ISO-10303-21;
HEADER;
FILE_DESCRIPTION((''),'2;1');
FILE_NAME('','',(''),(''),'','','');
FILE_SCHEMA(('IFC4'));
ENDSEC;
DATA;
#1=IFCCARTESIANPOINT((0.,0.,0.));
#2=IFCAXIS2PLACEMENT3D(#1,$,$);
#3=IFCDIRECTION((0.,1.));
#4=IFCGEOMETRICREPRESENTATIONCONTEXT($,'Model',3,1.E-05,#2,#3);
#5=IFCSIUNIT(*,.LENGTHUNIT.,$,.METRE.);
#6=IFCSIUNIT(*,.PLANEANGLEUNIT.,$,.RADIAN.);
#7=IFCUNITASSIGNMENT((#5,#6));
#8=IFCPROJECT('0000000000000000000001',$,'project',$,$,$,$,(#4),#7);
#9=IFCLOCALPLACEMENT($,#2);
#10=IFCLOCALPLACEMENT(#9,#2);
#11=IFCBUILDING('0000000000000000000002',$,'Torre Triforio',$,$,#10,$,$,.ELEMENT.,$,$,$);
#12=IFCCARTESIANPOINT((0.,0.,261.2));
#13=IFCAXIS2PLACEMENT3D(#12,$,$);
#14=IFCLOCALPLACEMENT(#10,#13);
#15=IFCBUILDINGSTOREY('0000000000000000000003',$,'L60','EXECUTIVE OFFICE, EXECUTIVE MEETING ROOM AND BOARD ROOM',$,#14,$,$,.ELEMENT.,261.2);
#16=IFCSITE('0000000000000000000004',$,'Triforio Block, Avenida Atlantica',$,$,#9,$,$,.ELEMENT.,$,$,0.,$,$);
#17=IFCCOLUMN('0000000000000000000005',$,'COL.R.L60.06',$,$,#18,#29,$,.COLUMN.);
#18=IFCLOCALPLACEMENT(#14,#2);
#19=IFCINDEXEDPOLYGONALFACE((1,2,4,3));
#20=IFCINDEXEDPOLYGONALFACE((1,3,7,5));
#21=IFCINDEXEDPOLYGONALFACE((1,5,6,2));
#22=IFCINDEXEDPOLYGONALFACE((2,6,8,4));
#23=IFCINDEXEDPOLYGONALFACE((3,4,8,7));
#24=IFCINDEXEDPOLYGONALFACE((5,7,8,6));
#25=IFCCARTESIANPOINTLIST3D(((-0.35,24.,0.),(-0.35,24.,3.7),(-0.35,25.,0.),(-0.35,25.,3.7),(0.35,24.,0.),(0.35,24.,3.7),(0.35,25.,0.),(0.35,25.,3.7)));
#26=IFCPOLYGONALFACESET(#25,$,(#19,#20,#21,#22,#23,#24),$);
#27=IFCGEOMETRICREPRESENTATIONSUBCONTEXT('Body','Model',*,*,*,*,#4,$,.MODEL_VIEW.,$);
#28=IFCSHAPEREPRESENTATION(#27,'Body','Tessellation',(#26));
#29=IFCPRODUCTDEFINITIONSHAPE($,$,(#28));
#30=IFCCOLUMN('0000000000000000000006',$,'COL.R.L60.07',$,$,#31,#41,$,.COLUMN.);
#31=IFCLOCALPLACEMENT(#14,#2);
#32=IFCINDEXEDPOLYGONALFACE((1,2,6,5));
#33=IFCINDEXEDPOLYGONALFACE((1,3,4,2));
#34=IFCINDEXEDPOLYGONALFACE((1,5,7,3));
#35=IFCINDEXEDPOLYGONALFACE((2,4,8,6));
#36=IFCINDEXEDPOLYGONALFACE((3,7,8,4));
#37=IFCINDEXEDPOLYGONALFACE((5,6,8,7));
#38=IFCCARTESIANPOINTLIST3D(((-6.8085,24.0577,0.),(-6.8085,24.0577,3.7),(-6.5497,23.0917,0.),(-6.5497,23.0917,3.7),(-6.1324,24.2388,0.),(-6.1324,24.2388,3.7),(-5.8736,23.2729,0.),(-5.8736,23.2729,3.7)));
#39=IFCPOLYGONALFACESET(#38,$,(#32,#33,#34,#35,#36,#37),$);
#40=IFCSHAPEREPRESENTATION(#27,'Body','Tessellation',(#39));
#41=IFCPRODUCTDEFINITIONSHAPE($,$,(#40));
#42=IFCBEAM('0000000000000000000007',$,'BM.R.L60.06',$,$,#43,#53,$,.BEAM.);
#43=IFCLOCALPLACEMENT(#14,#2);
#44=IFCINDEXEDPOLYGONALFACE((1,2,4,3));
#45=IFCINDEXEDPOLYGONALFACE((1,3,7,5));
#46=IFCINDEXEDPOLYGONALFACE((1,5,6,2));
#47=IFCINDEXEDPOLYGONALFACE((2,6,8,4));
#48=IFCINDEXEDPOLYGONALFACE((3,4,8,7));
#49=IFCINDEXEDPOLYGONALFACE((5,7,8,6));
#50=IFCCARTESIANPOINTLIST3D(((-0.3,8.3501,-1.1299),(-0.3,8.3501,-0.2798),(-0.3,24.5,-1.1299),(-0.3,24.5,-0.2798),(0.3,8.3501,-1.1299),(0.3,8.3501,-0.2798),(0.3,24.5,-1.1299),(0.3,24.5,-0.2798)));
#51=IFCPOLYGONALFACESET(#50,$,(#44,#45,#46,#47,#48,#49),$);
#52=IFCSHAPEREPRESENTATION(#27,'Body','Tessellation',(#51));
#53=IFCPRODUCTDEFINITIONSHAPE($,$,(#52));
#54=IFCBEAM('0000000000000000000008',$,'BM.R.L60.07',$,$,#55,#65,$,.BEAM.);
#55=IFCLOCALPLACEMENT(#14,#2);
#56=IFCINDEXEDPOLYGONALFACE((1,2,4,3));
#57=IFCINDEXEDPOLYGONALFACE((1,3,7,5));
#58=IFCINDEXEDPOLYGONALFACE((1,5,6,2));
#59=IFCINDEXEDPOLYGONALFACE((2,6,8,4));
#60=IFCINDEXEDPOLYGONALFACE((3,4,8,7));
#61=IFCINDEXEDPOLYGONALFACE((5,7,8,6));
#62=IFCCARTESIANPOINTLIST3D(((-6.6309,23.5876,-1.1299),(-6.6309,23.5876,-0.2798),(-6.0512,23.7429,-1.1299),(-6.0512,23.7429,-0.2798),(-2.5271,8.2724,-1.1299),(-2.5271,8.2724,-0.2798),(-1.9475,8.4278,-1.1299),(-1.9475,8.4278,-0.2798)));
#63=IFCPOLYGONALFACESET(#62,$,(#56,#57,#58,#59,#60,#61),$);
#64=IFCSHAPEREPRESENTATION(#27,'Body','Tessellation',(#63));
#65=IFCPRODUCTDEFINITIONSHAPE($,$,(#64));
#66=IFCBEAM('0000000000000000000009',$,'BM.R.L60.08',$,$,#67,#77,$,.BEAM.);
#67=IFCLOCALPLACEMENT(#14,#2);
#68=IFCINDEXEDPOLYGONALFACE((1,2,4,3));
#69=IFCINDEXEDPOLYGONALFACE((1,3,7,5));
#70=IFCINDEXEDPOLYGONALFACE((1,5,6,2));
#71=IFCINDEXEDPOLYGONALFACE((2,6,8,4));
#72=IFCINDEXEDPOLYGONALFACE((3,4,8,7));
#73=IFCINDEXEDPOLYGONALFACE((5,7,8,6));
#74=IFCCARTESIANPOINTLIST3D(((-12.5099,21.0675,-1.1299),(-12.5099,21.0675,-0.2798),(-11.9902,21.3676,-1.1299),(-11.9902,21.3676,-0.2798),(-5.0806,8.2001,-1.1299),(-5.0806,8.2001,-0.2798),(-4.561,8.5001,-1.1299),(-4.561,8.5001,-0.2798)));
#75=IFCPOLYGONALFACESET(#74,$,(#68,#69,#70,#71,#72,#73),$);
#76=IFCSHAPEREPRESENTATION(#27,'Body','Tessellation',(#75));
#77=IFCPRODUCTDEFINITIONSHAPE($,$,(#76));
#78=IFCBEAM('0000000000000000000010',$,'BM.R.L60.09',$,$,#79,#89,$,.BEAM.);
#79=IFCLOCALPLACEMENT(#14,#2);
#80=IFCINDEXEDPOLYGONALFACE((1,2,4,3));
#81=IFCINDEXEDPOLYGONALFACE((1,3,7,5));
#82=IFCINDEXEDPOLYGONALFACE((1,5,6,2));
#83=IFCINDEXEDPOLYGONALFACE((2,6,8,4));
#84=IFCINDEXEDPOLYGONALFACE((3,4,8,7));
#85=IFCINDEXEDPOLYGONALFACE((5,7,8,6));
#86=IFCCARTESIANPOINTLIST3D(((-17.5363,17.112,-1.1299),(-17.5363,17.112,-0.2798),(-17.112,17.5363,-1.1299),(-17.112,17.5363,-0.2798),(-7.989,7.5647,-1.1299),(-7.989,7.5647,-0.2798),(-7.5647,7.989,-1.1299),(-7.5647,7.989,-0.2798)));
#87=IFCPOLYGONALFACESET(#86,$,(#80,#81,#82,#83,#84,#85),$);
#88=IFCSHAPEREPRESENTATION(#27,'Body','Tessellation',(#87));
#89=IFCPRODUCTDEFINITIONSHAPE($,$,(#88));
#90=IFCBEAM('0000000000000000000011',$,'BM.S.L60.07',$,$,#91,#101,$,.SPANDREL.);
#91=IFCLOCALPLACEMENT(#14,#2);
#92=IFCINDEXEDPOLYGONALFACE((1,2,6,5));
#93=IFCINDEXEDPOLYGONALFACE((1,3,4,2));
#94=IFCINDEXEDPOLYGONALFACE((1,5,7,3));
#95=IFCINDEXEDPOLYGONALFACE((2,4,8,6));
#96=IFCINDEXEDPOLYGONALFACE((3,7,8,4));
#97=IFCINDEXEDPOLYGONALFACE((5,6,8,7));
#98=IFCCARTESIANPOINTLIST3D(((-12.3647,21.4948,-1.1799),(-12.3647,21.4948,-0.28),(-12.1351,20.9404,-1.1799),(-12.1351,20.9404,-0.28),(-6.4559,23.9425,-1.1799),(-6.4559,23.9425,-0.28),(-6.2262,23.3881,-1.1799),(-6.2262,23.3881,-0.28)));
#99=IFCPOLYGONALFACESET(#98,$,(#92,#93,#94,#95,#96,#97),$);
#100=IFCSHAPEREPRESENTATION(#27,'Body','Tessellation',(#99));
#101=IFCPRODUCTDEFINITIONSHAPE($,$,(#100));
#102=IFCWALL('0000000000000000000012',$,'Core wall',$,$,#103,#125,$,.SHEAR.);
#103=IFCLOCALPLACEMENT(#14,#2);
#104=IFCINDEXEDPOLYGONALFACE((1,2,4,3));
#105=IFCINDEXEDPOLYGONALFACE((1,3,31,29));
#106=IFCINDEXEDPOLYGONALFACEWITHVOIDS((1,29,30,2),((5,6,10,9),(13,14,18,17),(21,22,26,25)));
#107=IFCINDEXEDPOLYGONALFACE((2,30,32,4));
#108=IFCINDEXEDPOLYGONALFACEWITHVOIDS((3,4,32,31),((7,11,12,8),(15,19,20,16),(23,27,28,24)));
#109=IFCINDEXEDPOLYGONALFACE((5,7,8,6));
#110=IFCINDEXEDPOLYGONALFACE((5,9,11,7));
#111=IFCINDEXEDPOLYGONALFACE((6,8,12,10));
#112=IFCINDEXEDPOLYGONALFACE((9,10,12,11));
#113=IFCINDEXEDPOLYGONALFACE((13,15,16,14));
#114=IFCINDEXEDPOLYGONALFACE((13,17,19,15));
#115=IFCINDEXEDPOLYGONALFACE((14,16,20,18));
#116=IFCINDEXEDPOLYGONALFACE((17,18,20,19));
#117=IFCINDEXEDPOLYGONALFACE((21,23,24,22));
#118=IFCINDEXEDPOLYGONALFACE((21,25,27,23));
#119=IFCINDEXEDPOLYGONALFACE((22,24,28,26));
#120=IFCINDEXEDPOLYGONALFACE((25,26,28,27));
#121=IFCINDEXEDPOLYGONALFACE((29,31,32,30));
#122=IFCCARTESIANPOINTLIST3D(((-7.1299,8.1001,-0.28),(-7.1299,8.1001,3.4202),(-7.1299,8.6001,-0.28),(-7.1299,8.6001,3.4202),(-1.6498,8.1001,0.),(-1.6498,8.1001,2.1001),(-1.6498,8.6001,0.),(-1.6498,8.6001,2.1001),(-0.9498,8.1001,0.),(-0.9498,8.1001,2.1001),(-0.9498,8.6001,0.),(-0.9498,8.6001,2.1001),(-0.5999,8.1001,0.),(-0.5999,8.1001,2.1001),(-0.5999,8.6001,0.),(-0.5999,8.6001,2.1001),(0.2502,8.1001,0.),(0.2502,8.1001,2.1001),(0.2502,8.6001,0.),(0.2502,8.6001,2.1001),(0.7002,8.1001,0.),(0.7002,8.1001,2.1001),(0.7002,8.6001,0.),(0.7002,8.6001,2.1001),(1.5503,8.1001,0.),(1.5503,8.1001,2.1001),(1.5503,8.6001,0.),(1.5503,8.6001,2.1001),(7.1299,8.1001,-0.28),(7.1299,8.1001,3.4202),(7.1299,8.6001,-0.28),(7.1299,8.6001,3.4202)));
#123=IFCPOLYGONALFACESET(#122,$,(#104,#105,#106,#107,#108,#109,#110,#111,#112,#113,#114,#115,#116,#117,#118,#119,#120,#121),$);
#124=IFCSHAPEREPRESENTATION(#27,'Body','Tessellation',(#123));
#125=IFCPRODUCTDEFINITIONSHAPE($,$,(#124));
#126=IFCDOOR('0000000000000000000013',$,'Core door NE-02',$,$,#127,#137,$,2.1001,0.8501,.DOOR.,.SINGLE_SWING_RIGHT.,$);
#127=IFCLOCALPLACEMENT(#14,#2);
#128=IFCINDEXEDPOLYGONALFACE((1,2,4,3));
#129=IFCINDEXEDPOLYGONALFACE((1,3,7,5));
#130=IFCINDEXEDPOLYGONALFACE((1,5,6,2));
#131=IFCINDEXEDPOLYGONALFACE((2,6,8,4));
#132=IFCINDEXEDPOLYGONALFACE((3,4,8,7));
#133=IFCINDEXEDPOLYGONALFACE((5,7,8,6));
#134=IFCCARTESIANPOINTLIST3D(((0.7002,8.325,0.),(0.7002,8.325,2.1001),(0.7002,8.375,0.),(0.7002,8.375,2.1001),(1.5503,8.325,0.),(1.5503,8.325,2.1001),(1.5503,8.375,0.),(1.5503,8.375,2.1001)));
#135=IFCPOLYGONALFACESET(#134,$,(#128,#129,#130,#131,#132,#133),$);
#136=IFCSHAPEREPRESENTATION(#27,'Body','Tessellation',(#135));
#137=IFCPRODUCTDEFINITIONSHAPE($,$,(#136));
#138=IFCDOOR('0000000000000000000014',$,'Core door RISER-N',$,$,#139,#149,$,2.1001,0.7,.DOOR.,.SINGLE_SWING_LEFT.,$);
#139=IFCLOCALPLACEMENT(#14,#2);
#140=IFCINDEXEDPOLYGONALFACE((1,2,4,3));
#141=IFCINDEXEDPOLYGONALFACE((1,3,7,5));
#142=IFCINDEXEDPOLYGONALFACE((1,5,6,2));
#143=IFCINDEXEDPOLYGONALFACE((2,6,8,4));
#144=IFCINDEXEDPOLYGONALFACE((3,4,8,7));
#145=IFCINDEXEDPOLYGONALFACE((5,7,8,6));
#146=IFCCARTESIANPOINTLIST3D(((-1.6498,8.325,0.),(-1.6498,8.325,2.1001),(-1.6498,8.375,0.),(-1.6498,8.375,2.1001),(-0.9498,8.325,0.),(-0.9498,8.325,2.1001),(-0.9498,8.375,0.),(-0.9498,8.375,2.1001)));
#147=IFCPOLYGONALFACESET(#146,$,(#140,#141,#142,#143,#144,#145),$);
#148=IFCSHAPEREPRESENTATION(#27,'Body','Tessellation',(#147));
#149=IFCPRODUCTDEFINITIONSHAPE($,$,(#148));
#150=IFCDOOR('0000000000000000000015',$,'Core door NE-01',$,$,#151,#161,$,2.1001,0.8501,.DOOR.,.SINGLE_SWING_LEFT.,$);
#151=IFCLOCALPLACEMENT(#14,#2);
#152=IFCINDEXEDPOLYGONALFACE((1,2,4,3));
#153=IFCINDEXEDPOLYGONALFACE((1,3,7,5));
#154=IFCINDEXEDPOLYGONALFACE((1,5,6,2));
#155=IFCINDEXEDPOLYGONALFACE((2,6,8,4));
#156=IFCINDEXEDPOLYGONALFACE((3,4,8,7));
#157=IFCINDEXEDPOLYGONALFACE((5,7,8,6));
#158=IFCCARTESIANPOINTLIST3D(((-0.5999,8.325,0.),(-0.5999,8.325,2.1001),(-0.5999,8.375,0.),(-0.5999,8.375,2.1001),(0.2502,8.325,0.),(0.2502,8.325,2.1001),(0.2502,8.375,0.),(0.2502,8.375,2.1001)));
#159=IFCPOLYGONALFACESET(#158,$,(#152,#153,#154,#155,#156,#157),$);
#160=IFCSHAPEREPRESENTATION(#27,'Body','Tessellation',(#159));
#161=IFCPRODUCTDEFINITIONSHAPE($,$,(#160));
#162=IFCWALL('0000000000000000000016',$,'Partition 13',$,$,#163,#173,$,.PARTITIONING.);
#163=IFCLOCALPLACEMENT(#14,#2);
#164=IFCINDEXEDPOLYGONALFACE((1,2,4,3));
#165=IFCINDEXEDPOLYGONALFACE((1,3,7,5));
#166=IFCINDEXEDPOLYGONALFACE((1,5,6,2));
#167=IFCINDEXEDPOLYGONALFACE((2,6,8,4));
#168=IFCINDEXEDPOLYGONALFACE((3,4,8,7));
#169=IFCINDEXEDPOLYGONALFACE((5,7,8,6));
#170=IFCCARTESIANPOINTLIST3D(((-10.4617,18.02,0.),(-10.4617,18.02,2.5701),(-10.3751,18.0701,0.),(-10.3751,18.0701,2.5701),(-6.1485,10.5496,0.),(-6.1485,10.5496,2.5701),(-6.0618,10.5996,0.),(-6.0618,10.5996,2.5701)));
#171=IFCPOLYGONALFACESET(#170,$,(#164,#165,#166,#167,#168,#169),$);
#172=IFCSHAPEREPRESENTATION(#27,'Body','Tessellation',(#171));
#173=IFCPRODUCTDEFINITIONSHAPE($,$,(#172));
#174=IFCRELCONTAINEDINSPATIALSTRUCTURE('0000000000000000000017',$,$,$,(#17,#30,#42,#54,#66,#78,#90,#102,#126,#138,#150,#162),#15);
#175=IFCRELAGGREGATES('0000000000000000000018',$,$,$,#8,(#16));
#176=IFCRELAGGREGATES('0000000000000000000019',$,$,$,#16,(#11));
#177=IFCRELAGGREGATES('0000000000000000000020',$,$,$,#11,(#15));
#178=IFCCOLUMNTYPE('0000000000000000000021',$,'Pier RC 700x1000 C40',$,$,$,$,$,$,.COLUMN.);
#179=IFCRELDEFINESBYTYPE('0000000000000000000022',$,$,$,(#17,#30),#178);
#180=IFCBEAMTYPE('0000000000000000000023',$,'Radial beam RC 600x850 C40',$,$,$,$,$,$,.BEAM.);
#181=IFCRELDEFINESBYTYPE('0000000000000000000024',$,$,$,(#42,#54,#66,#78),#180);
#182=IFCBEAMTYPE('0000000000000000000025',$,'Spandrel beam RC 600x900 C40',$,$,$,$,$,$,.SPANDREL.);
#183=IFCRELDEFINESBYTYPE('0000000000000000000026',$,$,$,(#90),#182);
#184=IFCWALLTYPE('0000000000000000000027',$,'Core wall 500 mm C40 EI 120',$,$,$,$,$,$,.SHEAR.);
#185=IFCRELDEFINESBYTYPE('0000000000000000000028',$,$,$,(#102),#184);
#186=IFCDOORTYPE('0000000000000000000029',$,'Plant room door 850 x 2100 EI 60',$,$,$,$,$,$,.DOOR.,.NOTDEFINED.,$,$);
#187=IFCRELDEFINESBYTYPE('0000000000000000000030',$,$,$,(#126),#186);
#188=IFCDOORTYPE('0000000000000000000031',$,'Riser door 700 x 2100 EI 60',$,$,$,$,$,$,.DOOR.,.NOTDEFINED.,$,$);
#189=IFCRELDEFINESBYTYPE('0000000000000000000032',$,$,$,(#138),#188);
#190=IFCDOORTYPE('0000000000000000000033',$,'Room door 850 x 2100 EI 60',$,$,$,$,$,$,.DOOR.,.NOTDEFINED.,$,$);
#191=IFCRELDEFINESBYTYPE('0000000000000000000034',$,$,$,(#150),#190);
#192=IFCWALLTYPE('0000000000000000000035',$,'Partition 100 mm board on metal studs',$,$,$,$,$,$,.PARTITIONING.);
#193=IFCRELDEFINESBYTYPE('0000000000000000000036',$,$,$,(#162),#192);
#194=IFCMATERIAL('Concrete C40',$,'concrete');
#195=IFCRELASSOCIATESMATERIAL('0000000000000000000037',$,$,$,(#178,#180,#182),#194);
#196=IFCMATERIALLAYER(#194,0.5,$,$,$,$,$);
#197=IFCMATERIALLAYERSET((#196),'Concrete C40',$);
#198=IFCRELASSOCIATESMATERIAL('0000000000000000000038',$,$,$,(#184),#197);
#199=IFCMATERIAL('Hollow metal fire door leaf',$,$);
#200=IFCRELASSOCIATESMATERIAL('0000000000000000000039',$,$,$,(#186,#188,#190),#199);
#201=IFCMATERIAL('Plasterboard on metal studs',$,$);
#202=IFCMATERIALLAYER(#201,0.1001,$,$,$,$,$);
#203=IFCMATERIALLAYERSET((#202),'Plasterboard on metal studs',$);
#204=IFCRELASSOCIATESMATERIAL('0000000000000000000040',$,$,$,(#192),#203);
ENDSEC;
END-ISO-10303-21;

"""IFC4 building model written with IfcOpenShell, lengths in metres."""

from ifc_helpers import new_model, si_unit, direction, frame, frame_2d, origin, origin_2d, place, context, subcontext, project, spatial, rectangle, extrude, material, layer, layer_set, material_profile, profile_set, type_object, element, fill, save


model = new_model("IFC4")

# Units and contexts
model_context = context("Model", 3, precision=1e-05, world=origin(), true_north=direction((0.0, 1.0)))
body_context = subcontext(model_context, "Body", "Model", "MODEL_VIEW")
ifc_project = project(units=[si_unit("LENGTHUNIT", "METRE"), si_unit("PLANEANGLEUNIT", "RADIAN")], contexts=[model_context])

# Site, building, storey
site_placement = place(None, origin())
site = spatial("IfcSite", under=ifc_project, at=site_placement, Name="Triforio Block, Avenida Atlantica", CompositionType="ELEMENT", RefElevation=0.0)
building_placement = place(site_placement, origin())
building = spatial("IfcBuilding", under=site, at=building_placement, Name="Torre Triforio", CompositionType="ELEMENT")
storey_placement = place(building_placement, frame((0.0, 0.0, 261.2)))
storey = spatial("IfcBuildingStorey", under=building, at=storey_placement, Name="L60", Description="EXECUTIVE OFFICE, EXECUTIVE MEETING ROOM AND BOARD ROOM", CompositionType="ELEMENT", Elevation=261.2)

# Columns
ifc_material_1 = material(Name="Concrete C40", Category="concrete")
ifc_material_profile_1 = material_profile(ifc_material_1, rectangle(XDim=0.7, YDim=1.0, at=origin_2d()), Name="RC 700x1000")
ifc_profile_set_1 = profile_set([ifc_material_profile_1], Name="Concrete C40")
column_type = type_object("IfcColumnType", Name="Pier RC 700x1000 C40", PredefinedType="COLUMN", material=ifc_profile_set_1)
for number, where, z_axis, x_axis, name in (
    (1, (0.0, 24.5, 0.0), (0.0, 0.0, 1.0), (-1.0, 0.0, 0.0), "COL.R.L60.06"),
    (2, (-6.3411, 23.6653, 0.0), (0.0, 0.0, 1.0), (-0.965926, -0.258819, 0.0), "COL.R.L60.07"),
):
    element("IfcColumn", number, at=place(storey_placement, frame(where, z_axis=z_axis, x_axis=x_axis)), inside=storey, type_object=column_type, Name=name, PredefinedType="COLUMN", context=body_context, shape_type="SweptSolid", body=[
        extrude(rectangle(XDim=0.7, YDim=1.0, at=origin_2d()), origin(), (0.0, 0.0, 1.0), 3.7),
    ])

# Beams
ifc_material_profile_2 = material_profile(ifc_material_1, rectangle(XDim=0.6001, YDim=0.8501, at=origin_2d()), Name="RC 600x850")
ifc_profile_set_2 = profile_set([ifc_material_profile_2], Name="Concrete C40")
beam_type_1 = type_object("IfcBeamType", Name="Radial beam RC 600x850 C40", PredefinedType="BEAM", material=ifc_profile_set_2)
beam_1_placement = place(storey_placement, frame((0.0, 8.3501, -0.7048), z_axis=(0.0, 1.0, 0.0), x_axis=(-1.0, 0.0, 0.0)))
element("IfcBeam", 3, at=beam_1_placement, inside=storey, type_object=beam_type_1, Name="BM.R.L60.06", PredefinedType="BEAM", context=body_context, shape_type="SweptSolid", body=[
    extrude(rectangle(XDim=0.6001, YDim=0.8501, at=origin_2d()), origin(), (0.0, 0.0, 1.0), 16.1499),
])
beam_2_placement = place(storey_placement, frame((-2.2373, 8.3501, -0.7048), z_axis=(-0.258823, 0.965925, 0.0), x_axis=(-0.965925, -0.258823, 0.0)))
element("IfcBeam", 4, at=beam_2_placement, inside=storey, type_object=beam_type_1, Name="BM.R.L60.07", PredefinedType="BEAM", context=body_context, shape_type="SweptSolid", body=[
    extrude(rectangle(XDim=0.6001, YDim=0.8501, at=origin_2d()), origin(), (0.0, 0.0, 1.0), 15.8555),
])
beam_3_placement = place(storey_placement, frame((-4.8208, 8.3501, -0.7048), z_axis=(-0.500009, 0.86602, 0.0), x_axis=(-0.86602, -0.500009, 0.0)))
element("IfcBeam", 5, at=beam_3_placement, inside=storey, type_object=beam_type_1, Name="BM.R.L60.08", PredefinedType="BEAM", context=body_context, shape_type="SweptSolid", body=[
    extrude(rectangle(XDim=0.6001, YDim=0.8501, at=origin_2d()), origin(), (0.0, 0.0, 1.0), 14.8582),
])
beam_4_placement = place(storey_placement, frame((-7.7769, 7.7769, -0.7048), z_axis=(-0.707107, 0.707107, 0.0), x_axis=(-0.707107, -0.707107, 0.0)))
element("IfcBeam", 6, at=beam_4_placement, inside=storey, type_object=beam_type_1, Name="BM.R.L60.09", PredefinedType="BEAM", context=body_context, shape_type="SweptSolid", body=[
    extrude(rectangle(XDim=0.6001, YDim=0.8501, at=origin_2d()), origin(), (0.0, 0.0, 1.0), 13.502),
])
ifc_material_profile_3 = material_profile(ifc_material_1, rectangle(XDim=0.6001, YDim=0.8999, at=origin_2d()), Name="RC 600x900")
ifc_profile_set_3 = profile_set([ifc_material_profile_3], Name="Concrete C40")
beam_type_2 = type_object("IfcBeamType", Name="Spandrel beam RC 600x900 C40", PredefinedType="SPANDREL", material=ifc_profile_set_3)
beam_5_placement = place(storey_placement, frame((-6.3411, 23.6653, -0.73), z_axis=(-0.923869, -0.382709, 0.0), x_axis=(0.382709, -0.923869, 0.0)))
element("IfcBeam", 7, at=beam_5_placement, inside=storey, type_object=beam_type_2, Name="BM.S.L60.07", PredefinedType="SPANDREL", context=body_context, shape_type="SweptSolid", body=[
    extrude(rectangle(XDim=0.6001, YDim=0.8999, at=origin_2d()), origin(), (0.0, 0.0, 1.0), 6.3958),
])

# Wall, openings, doors
ifc_layer_1 = layer(ifc_material_1, 0.5)
ifc_layer_set_1 = layer_set([ifc_layer_1], Name="Concrete C40")
wall_type_1 = type_object("IfcWallType", Name="Core wall 500 mm C40 EI 120", PredefinedType="SHEAR", material=ifc_layer_set_1)
wall_1_placement = place(storey_placement, frame((-7.1299, 8.3501, -0.28), z_axis=(0.0, 0.0, 1.0), x_axis=(1.0, 0.0, 0.0)))
wall_1 = element("IfcWall", 8, at=wall_1_placement, inside=storey, type_object=wall_type_1, Name="Core wall", PredefinedType="SHEAR", context=body_context, shape_type="SweptSolid", body=[
    extrude(rectangle(XDim=14.2598, YDim=0.5, at=frame_2d((7.1299, 0.0))), origin(), (0.0, 0.0, 1.0), 3.7002),
])
opening_1_placement = place(wall_1_placement, frame((5.48, 0.0, 0.28)))
opening_1 = element("IfcOpeningElement", 9, at=opening_1_placement, cuts=wall_1, PredefinedType="OPENING", context=body_context, shape_type="SweptSolid", body=[
    extrude(rectangle(XDim=0.7, YDim=2.1001, at=frame_2d((0.3501, 1.05))), frame((0.0, 0.26, 0.0), z_axis=(0.0, -1.0, 0.0), x_axis=(1.0, 0.0, 0.0)), (0.0, 0.0, 1.0), 0.52),
])
opening_2_placement = place(wall_1_placement, frame((6.53, 0.0, 0.28)))
opening_2 = element("IfcOpeningElement", 10, at=opening_2_placement, cuts=wall_1, PredefinedType="OPENING", context=body_context, shape_type="SweptSolid", body=[
    extrude(rectangle(XDim=0.8501, YDim=2.1001, at=frame_2d((0.425, 1.05))), frame((0.0, 0.26, 0.0), z_axis=(0.0, -1.0, 0.0), x_axis=(1.0, 0.0, 0.0)), (0.0, 0.0, 1.0), 0.52),
])
opening_3_placement = place(wall_1_placement, frame((7.8301, 0.0, 0.28)))
opening_3 = element("IfcOpeningElement", 11, at=opening_3_placement, cuts=wall_1, PredefinedType="OPENING", context=body_context, shape_type="SweptSolid", body=[
    extrude(rectangle(XDim=0.8501, YDim=2.1001, at=frame_2d((0.425, 1.05))), frame((0.0, 0.26, 0.0), z_axis=(0.0, -1.0, 0.0), x_axis=(1.0, 0.0, 0.0)), (0.0, 0.0, 1.0), 0.52),
])
ifc_material_2 = material(Name="Hollow metal fire door leaf")
door_type_1 = type_object("IfcDoorType", Name="Plant room door 850 x 2100 EI 60", OperationType="NOTDEFINED", PredefinedType="DOOR", material=ifc_material_2)
door_1_placement = place(opening_3_placement, origin())
door_1 = element("IfcDoor", 12, at=door_1_placement, inside=storey, type_object=door_type_1, Name="Core door NE-02", OperationType="SINGLE_SWING_RIGHT", OverallHeight=2.1001, OverallWidth=0.8501, PredefinedType="DOOR", context=body_context, shape_type="SweptSolid", body=[
    extrude(rectangle(XDim=0.8501, YDim=2.1001, at=frame_2d((0.425, 1.05))), frame((0.0, 0.0249, 0.0), z_axis=(0.0, -1.0, 0.0), x_axis=(1.0, 0.0, 0.0)), (0.0, 0.0, 1.0), 0.05),
])
fill(opening_3, door_1)
door_type_2 = type_object("IfcDoorType", Name="Riser door 700 x 2100 EI 60", OperationType="NOTDEFINED", PredefinedType="DOOR", material=ifc_material_2)
door_2_placement = place(opening_1_placement, origin())
door_2 = element("IfcDoor", 13, at=door_2_placement, inside=storey, type_object=door_type_2, Name="Core door RISER-N", OperationType="SINGLE_SWING_LEFT", OverallHeight=2.1001, OverallWidth=0.7, PredefinedType="DOOR", context=body_context, shape_type="SweptSolid", body=[
    extrude(rectangle(XDim=0.7, YDim=2.1001, at=frame_2d((0.3501, 1.05))), frame((0.0, 0.0249, 0.0), z_axis=(0.0, -1.0, 0.0), x_axis=(1.0, 0.0, 0.0)), (0.0, 0.0, 1.0), 0.05),
])
fill(opening_1, door_2)
door_type_3 = type_object("IfcDoorType", Name="Room door 850 x 2100 EI 60", OperationType="NOTDEFINED", PredefinedType="DOOR", material=ifc_material_2)
door_3_placement = place(opening_2_placement, origin())
door_3 = element("IfcDoor", 14, at=door_3_placement, inside=storey, type_object=door_type_3, Name="Core door NE-01", OperationType="SINGLE_SWING_LEFT", OverallHeight=2.1001, OverallWidth=0.8501, PredefinedType="DOOR", context=body_context, shape_type="SweptSolid", body=[
    extrude(rectangle(XDim=0.8501, YDim=2.1001, at=frame_2d((0.425, 1.05))), frame((0.0, 0.0249, 0.0), z_axis=(0.0, -1.0, 0.0), x_axis=(1.0, 0.0, 0.0)), (0.0, 0.0, 1.0), 0.05),
])
fill(opening_2, door_3)

# Wall
ifc_material_3 = material(Name="Plasterboard on metal studs")
ifc_layer_2 = layer(ifc_material_3, 0.1001)
ifc_layer_set_2 = layer_set([ifc_layer_2], Name="Plasterboard on metal studs")
wall_type_2 = type_object("IfcWallType", Name="Partition 100 mm board on metal studs", PredefinedType="PARTITIONING", material=ifc_layer_set_2)
wall_2_placement = place(storey_placement, frame((-6.1052, 10.5747, 0.0), z_axis=(0.0, 0.0, 1.0), x_axis=(-0.500014, 0.866017, 0.0)))
element("IfcWall", 15, at=wall_2_placement, inside=storey, type_object=wall_type_2, Name="Partition 13", PredefinedType="PARTITIONING", context=body_context, shape_type="SweptSolid", body=[
    extrude(rectangle(XDim=8.6262, YDim=0.1001, at=frame_2d((4.313, 0.0))), origin(), (0.0, 0.0, 1.0), 2.5701),
])

save(model, "model.ifc")
